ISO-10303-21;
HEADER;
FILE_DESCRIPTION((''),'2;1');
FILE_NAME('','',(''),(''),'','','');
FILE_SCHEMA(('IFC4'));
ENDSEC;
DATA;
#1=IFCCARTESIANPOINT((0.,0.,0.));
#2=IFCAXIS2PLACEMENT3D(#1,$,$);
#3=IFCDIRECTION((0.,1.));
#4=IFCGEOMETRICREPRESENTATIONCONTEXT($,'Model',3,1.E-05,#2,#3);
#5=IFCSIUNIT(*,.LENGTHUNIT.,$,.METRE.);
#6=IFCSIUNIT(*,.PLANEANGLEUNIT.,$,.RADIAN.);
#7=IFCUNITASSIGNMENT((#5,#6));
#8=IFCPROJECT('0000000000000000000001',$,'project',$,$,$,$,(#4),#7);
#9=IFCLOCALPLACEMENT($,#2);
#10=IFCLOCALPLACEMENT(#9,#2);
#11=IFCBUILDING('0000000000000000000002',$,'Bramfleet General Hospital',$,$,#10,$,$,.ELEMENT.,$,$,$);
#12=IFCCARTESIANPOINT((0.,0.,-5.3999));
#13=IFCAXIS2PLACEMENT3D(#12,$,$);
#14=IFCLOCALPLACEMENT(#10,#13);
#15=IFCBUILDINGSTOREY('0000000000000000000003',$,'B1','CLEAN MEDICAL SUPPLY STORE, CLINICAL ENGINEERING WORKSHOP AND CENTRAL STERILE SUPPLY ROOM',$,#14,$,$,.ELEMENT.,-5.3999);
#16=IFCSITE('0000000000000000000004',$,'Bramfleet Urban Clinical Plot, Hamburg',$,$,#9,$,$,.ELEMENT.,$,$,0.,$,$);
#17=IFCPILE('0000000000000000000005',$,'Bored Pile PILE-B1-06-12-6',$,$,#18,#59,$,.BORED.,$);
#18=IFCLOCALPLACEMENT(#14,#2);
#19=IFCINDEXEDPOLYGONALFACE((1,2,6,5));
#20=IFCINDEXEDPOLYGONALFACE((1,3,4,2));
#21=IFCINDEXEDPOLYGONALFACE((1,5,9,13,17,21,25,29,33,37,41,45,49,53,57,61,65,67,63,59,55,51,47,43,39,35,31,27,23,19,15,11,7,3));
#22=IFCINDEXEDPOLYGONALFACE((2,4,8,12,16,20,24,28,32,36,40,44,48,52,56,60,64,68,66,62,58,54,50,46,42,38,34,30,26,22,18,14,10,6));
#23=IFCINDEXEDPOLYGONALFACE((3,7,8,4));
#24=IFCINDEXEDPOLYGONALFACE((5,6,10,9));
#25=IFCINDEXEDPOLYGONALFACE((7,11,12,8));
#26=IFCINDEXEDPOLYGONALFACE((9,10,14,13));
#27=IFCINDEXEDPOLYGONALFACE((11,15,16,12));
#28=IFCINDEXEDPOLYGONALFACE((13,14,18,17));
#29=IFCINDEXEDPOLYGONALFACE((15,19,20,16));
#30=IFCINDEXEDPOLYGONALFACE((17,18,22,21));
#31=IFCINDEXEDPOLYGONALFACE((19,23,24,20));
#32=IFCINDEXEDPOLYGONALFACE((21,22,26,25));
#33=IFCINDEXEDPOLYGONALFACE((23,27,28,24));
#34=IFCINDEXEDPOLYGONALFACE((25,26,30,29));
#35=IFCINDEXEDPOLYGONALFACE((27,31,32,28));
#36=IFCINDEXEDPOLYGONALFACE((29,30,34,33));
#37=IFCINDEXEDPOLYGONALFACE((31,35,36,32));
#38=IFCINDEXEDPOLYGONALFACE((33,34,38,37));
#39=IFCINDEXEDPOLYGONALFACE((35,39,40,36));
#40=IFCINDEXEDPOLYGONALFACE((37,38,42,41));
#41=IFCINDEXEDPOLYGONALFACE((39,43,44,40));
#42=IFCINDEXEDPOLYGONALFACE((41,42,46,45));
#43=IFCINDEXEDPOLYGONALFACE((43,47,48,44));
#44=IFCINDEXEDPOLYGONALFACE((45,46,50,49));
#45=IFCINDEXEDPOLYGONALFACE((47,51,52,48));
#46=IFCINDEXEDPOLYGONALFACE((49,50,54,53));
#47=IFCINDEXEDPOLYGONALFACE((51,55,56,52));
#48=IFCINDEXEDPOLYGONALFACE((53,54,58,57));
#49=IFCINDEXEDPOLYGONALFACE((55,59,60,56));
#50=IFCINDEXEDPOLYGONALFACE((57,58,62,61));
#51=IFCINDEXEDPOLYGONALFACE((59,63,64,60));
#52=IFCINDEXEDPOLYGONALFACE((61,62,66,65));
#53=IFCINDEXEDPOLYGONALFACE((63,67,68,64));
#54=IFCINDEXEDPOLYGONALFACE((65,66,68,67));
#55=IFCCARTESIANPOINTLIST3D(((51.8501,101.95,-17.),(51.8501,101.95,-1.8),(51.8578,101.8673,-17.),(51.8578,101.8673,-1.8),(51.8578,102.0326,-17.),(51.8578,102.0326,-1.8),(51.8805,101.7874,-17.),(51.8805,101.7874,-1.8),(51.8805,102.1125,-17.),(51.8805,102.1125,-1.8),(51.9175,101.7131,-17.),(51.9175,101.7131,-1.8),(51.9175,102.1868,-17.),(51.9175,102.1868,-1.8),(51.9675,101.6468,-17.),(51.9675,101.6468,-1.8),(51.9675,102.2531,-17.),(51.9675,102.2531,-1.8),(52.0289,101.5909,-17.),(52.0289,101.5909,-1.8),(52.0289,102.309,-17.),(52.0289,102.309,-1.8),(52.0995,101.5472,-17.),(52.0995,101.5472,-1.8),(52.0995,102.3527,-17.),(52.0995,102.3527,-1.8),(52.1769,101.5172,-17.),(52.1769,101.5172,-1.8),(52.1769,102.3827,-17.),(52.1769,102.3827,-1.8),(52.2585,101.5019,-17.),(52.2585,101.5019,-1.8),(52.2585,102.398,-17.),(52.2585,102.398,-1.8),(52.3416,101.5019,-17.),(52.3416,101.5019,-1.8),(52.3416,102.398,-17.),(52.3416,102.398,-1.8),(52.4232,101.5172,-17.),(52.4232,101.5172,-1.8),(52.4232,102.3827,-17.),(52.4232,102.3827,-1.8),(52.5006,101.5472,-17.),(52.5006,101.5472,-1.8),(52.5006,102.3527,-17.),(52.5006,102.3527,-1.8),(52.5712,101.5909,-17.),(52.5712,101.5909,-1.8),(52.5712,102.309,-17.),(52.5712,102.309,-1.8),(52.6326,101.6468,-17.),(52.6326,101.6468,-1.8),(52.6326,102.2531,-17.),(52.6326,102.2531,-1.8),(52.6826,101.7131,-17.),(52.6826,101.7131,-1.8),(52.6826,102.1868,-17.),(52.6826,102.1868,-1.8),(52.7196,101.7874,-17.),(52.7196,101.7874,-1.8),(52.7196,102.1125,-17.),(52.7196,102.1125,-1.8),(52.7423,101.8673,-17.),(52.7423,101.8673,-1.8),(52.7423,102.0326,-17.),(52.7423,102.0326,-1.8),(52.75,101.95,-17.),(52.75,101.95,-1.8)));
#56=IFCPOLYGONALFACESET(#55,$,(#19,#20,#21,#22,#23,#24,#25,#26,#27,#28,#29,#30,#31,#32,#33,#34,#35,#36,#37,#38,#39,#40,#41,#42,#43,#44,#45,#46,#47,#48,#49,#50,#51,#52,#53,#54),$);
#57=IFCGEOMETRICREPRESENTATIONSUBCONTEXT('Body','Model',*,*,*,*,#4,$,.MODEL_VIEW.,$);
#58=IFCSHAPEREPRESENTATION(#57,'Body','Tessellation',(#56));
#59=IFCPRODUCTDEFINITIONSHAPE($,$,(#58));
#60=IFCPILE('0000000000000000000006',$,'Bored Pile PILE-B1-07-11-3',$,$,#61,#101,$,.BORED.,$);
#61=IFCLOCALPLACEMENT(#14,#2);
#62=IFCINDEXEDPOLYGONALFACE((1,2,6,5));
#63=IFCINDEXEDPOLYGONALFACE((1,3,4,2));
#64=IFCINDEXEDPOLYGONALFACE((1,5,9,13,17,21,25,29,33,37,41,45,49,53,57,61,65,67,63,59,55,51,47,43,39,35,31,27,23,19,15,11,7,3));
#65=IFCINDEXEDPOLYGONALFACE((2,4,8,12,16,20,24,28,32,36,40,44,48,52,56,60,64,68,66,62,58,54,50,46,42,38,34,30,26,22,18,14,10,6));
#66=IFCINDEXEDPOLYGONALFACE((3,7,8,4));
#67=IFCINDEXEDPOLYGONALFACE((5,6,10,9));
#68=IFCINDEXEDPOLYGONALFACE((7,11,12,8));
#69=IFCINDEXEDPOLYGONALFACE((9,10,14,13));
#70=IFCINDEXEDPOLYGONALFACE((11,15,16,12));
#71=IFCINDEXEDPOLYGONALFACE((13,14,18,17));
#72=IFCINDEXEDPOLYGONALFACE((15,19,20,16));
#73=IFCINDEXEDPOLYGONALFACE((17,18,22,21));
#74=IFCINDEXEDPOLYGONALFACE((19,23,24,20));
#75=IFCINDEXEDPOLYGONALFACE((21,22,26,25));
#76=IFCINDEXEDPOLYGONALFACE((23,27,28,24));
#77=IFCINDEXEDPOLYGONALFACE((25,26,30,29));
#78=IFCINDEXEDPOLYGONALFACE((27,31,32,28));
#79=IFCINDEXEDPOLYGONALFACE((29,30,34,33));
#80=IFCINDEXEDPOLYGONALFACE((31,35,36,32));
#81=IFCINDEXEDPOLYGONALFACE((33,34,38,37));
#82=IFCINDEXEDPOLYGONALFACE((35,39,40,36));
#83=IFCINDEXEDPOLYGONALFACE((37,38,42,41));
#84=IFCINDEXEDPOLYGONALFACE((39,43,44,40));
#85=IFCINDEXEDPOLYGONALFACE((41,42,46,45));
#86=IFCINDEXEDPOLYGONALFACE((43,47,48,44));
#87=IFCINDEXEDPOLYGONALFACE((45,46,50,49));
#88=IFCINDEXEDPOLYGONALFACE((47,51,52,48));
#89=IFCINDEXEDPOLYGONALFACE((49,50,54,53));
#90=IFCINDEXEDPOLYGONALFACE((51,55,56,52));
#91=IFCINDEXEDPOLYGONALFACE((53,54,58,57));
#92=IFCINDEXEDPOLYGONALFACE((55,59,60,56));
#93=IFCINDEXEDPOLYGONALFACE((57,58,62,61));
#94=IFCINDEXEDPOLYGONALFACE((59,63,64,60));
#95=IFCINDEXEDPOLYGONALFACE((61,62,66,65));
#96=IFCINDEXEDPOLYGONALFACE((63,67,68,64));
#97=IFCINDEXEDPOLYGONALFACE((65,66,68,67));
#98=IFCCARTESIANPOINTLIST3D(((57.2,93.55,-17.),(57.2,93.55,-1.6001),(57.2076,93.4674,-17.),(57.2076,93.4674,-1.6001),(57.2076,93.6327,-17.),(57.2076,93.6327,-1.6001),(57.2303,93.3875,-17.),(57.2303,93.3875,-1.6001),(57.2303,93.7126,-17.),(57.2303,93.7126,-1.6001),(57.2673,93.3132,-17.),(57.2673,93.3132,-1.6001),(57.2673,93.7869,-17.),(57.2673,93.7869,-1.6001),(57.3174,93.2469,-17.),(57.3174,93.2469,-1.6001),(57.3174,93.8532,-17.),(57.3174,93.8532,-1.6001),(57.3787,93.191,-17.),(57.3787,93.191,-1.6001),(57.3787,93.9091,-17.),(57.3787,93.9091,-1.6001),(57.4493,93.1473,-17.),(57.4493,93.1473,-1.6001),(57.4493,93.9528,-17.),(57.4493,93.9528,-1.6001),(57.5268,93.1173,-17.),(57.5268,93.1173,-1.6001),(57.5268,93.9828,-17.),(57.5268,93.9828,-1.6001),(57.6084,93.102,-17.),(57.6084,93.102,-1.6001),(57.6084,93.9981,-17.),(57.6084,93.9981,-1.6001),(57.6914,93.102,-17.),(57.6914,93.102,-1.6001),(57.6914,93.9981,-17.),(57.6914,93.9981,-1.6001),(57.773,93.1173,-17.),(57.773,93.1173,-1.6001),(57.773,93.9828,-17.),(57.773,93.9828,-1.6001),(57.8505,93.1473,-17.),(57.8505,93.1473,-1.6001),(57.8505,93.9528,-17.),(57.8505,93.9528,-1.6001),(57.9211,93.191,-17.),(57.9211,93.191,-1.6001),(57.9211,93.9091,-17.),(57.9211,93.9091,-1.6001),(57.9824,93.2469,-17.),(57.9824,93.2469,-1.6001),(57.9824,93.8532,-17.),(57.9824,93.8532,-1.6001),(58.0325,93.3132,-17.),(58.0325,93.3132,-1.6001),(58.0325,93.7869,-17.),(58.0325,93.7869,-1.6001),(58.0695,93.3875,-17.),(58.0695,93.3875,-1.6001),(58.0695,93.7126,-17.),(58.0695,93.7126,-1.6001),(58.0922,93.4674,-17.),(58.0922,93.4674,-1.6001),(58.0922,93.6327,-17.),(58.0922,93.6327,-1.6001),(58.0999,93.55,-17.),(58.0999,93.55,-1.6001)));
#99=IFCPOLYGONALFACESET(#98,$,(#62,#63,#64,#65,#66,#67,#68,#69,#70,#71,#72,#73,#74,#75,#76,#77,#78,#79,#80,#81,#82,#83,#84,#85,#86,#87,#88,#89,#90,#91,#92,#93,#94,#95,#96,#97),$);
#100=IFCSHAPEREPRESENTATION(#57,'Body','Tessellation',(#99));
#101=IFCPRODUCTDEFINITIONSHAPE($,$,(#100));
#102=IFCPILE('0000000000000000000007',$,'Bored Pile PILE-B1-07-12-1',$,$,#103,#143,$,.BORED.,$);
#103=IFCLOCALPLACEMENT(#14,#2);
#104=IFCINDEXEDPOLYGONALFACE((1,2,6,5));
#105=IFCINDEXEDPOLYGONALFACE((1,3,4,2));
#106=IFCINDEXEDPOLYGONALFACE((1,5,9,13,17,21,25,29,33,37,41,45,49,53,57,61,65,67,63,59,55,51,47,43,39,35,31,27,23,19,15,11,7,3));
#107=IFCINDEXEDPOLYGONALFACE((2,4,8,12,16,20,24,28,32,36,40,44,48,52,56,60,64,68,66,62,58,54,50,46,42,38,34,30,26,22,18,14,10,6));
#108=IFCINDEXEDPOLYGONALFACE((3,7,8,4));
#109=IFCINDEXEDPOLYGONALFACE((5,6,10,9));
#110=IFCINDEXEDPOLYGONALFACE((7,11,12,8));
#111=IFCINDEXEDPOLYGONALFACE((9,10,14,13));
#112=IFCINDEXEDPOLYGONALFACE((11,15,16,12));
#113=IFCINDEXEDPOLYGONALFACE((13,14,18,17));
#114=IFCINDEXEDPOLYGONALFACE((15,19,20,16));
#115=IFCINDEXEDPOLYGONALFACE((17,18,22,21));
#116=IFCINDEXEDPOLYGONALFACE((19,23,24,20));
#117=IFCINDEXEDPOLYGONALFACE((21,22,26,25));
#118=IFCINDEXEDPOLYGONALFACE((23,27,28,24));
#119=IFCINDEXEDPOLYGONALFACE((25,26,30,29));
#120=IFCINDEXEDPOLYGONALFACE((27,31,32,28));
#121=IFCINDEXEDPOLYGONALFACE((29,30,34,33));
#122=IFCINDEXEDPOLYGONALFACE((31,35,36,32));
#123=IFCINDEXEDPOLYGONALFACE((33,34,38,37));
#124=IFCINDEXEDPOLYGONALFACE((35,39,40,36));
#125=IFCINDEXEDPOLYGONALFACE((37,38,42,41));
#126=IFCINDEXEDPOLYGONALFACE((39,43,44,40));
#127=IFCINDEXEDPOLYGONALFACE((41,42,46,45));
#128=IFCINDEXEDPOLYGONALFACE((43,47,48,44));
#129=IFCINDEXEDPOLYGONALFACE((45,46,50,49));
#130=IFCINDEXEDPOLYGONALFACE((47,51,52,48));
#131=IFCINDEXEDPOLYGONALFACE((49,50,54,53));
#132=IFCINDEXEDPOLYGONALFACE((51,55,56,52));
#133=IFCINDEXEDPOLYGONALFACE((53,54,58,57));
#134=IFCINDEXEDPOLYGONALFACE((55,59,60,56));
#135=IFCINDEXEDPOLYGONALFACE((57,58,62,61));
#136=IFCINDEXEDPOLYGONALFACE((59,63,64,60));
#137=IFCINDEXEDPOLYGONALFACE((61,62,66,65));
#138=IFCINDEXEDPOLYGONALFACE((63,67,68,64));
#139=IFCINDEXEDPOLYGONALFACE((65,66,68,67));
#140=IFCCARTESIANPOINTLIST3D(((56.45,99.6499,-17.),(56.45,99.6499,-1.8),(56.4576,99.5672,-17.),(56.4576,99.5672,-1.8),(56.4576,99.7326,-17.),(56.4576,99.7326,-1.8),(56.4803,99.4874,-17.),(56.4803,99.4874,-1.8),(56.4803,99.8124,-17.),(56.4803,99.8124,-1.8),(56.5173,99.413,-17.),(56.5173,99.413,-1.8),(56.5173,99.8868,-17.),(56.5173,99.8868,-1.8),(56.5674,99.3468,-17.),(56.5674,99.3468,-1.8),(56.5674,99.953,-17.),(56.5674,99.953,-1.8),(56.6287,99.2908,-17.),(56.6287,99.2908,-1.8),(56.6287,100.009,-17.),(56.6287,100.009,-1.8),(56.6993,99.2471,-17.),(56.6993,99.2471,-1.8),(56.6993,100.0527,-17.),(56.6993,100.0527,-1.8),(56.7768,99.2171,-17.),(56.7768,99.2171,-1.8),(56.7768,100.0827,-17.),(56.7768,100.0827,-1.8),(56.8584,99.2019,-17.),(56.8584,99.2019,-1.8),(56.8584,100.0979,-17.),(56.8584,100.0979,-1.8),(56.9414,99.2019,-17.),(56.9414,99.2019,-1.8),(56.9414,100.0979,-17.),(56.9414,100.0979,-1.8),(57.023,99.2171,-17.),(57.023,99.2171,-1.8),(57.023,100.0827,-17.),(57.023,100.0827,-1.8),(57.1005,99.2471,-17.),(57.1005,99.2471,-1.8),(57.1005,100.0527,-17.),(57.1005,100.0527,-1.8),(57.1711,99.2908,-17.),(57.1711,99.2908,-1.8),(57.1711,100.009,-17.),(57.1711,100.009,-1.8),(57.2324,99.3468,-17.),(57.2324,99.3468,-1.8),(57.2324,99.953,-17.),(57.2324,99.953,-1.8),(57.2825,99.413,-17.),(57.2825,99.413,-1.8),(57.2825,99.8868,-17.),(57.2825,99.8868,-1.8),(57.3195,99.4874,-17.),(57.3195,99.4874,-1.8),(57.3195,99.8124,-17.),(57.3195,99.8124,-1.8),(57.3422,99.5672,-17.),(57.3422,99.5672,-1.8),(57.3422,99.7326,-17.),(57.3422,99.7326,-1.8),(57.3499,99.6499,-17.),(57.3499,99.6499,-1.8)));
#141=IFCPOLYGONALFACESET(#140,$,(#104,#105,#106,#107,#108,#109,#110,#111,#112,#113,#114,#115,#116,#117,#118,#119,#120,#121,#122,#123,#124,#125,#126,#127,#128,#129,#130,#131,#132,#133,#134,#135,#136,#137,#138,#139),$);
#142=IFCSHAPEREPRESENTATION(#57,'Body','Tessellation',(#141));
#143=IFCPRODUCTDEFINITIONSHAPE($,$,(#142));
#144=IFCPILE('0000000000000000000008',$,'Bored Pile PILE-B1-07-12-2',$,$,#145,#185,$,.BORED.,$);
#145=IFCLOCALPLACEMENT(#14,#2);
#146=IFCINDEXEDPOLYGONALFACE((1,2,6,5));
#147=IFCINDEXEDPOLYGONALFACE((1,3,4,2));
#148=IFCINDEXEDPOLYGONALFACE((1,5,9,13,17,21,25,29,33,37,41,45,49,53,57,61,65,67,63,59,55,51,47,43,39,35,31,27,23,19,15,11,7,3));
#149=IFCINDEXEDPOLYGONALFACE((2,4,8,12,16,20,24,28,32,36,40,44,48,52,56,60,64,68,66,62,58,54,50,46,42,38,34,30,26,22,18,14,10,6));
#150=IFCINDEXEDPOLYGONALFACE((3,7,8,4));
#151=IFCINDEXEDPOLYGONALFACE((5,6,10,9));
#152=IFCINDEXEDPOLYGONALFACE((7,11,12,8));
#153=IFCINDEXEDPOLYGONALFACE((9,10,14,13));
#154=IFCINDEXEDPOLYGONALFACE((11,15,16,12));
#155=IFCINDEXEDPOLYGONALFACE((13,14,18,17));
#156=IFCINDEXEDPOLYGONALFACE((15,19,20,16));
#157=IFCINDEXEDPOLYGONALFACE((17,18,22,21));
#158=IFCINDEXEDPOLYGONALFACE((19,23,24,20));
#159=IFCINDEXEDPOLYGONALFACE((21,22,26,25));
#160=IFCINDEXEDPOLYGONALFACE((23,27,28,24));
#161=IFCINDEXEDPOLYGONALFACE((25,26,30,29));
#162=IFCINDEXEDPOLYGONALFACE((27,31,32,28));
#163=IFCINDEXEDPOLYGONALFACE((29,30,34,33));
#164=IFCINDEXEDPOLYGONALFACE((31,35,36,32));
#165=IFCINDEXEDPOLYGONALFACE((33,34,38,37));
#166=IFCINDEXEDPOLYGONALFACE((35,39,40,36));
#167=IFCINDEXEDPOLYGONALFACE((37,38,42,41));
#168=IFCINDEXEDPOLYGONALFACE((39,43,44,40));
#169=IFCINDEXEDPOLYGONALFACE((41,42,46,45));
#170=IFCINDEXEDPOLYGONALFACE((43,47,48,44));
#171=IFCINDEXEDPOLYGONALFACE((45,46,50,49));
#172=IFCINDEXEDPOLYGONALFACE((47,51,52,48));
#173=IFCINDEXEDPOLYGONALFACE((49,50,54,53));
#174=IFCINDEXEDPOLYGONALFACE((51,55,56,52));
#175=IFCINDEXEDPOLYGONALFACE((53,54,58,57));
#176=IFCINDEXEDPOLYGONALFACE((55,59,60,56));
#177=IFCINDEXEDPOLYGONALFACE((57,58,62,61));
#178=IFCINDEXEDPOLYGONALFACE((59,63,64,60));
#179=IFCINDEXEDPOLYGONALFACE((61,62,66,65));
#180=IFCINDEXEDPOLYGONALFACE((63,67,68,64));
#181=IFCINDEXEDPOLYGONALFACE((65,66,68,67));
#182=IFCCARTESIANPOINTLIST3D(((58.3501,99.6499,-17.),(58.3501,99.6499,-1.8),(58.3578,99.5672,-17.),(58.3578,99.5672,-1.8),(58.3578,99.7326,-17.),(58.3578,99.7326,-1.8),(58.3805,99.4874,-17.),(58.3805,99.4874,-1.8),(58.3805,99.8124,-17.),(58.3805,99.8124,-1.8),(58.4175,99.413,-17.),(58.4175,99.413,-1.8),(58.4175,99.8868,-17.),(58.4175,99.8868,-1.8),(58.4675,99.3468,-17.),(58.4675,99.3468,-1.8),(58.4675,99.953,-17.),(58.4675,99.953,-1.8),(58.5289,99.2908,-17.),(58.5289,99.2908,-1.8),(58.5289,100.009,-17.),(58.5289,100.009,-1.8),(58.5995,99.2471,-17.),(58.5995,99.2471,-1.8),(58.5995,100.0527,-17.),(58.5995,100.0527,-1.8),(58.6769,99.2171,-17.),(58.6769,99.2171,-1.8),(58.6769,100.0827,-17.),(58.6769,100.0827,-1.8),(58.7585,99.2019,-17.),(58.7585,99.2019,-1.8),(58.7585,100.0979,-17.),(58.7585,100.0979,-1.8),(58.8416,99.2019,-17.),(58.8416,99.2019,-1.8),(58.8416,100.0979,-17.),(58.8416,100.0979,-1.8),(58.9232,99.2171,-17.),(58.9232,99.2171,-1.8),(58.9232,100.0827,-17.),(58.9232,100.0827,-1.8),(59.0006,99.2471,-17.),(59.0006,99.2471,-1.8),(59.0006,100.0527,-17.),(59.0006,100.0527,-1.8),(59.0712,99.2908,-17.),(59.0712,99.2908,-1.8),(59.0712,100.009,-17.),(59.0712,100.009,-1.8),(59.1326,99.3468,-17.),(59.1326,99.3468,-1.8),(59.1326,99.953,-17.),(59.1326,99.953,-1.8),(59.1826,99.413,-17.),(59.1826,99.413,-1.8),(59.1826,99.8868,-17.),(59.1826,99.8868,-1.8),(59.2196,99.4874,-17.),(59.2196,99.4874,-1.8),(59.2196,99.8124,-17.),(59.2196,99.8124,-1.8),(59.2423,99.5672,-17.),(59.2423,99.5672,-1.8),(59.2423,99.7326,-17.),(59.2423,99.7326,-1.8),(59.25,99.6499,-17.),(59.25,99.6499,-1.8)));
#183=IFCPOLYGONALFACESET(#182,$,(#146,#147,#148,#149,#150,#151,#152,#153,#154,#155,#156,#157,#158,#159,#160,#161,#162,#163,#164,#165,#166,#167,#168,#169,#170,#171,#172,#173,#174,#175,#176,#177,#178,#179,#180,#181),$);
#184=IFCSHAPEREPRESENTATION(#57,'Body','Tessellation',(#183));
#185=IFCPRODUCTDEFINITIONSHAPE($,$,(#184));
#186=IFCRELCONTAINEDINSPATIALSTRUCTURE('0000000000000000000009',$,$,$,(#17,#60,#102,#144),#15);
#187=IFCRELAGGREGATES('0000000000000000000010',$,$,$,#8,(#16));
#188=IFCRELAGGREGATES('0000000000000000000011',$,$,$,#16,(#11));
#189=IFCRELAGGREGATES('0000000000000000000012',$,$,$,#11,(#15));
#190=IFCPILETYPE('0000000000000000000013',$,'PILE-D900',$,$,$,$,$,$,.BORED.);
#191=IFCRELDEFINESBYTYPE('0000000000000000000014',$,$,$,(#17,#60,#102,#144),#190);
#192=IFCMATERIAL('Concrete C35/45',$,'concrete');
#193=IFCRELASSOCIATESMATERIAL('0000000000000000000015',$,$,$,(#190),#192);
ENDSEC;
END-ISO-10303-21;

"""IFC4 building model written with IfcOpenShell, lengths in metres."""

from ifc_helpers import new_model, si_unit, direction, frame, origin, origin_2d, place, context, subcontext, project, spatial, circle, extrude, material, material_profile, profile_set, type_object, element, save


model = new_model("IFC4")

# Units and contexts
model_context = context("Model", 3, precision=1e-05, world=origin(), true_north=direction((0.0, 1.0)))
body_context = subcontext(model_context, "Body", "Model", "MODEL_VIEW")
ifc_project = project(units=[si_unit("LENGTHUNIT", "METRE"), si_unit("PLANEANGLEUNIT", "RADIAN")], contexts=[model_context])

# Site, building, storey
site_placement = place(None, origin())
site = spatial("IfcSite", under=ifc_project, at=site_placement, Name="Bramfleet Urban Clinical Plot, Hamburg", CompositionType="ELEMENT", RefElevation=0.0)
building_placement = place(site_placement, origin())
building = spatial("IfcBuilding", under=site, at=building_placement, Name="Bramfleet General Hospital", CompositionType="ELEMENT")
storey_placement = place(building_placement, frame((0.0, 0.0, -5.3999)))
storey = spatial("IfcBuildingStorey", under=building, at=storey_placement, Name="B1", Description="CLEAN MEDICAL SUPPLY STORE, CLINICAL ENGINEERING WORKSHOP AND CENTRAL STERILE SUPPLY ROOM", CompositionType="ELEMENT", Elevation=-5.3999)

# Shared definitions
ifc_material_1 = material(Name="Concrete C35/45", Category="concrete")

# Piles
ifc_material_profile_1 = material_profile(ifc_material_1, circle(Radius=0.45, at=origin_2d()), Name="PILE BORED D900")
ifc_profile_set_1 = profile_set([ifc_material_profile_1], Name="Concrete C35/45")
pile_type = type_object("IfcPileType", Name="PILE-D900", PredefinedType="BORED", material=ifc_profile_set_1)
for number, where, z_axis, x_axis, name in (
    (1, (52.3, 101.95, -1.8), (0.0, 0.0, -1.0), (1.0, 0.0, 0.0), "Bored Pile PILE-B1-06-12-6"),
):
    element("IfcPile", number, at=place(storey_placement, frame(where, z_axis=z_axis, x_axis=x_axis)), inside=storey, type_object=pile_type, Name=name, PredefinedType="BORED", context=body_context, shape_type="SweptSolid", body=[
        extrude(circle(Radius=0.45, at=origin_2d()), origin(), (0.0, 0.0, 1.0), 15.2),
    ])
pile_1_placement = place(storey_placement, frame((57.6499, 93.55, -1.6001), z_axis=(0.0, 0.0, -1.0), x_axis=(1.0, 0.0, 0.0)))
element("IfcPile", 2, at=pile_1_placement, inside=storey, type_object=pile_type, Name="Bored Pile PILE-B1-07-11-3", PredefinedType="BORED", context=body_context, shape_type="SweptSolid", body=[
    extrude(circle(Radius=0.45, at=origin_2d()), origin(), (0.0, 0.0, 1.0), 15.3999),
])
for number, where, z_axis, x_axis, name in (
    (3, (56.8999, 99.6499, -1.8), (0.0, 0.0, -1.0), (1.0, 0.0, 0.0), "Bored Pile PILE-B1-07-12-1"),
    (4, (58.8, 99.6499, -1.8), (0.0, 0.0, -1.0), (1.0, 0.0, 0.0), "Bored Pile PILE-B1-07-12-2"),
):
    element("IfcPile", number, at=place(storey_placement, frame(where, z_axis=z_axis, x_axis=x_axis)), inside=storey, type_object=pile_type, Name=name, PredefinedType="BORED", context=body_context, shape_type="SweptSolid", body=[
        extrude(circle(Radius=0.45, at=origin_2d()), origin(), (0.0, 0.0, 1.0), 15.2),
    ])

save(model, "model.ifc")
